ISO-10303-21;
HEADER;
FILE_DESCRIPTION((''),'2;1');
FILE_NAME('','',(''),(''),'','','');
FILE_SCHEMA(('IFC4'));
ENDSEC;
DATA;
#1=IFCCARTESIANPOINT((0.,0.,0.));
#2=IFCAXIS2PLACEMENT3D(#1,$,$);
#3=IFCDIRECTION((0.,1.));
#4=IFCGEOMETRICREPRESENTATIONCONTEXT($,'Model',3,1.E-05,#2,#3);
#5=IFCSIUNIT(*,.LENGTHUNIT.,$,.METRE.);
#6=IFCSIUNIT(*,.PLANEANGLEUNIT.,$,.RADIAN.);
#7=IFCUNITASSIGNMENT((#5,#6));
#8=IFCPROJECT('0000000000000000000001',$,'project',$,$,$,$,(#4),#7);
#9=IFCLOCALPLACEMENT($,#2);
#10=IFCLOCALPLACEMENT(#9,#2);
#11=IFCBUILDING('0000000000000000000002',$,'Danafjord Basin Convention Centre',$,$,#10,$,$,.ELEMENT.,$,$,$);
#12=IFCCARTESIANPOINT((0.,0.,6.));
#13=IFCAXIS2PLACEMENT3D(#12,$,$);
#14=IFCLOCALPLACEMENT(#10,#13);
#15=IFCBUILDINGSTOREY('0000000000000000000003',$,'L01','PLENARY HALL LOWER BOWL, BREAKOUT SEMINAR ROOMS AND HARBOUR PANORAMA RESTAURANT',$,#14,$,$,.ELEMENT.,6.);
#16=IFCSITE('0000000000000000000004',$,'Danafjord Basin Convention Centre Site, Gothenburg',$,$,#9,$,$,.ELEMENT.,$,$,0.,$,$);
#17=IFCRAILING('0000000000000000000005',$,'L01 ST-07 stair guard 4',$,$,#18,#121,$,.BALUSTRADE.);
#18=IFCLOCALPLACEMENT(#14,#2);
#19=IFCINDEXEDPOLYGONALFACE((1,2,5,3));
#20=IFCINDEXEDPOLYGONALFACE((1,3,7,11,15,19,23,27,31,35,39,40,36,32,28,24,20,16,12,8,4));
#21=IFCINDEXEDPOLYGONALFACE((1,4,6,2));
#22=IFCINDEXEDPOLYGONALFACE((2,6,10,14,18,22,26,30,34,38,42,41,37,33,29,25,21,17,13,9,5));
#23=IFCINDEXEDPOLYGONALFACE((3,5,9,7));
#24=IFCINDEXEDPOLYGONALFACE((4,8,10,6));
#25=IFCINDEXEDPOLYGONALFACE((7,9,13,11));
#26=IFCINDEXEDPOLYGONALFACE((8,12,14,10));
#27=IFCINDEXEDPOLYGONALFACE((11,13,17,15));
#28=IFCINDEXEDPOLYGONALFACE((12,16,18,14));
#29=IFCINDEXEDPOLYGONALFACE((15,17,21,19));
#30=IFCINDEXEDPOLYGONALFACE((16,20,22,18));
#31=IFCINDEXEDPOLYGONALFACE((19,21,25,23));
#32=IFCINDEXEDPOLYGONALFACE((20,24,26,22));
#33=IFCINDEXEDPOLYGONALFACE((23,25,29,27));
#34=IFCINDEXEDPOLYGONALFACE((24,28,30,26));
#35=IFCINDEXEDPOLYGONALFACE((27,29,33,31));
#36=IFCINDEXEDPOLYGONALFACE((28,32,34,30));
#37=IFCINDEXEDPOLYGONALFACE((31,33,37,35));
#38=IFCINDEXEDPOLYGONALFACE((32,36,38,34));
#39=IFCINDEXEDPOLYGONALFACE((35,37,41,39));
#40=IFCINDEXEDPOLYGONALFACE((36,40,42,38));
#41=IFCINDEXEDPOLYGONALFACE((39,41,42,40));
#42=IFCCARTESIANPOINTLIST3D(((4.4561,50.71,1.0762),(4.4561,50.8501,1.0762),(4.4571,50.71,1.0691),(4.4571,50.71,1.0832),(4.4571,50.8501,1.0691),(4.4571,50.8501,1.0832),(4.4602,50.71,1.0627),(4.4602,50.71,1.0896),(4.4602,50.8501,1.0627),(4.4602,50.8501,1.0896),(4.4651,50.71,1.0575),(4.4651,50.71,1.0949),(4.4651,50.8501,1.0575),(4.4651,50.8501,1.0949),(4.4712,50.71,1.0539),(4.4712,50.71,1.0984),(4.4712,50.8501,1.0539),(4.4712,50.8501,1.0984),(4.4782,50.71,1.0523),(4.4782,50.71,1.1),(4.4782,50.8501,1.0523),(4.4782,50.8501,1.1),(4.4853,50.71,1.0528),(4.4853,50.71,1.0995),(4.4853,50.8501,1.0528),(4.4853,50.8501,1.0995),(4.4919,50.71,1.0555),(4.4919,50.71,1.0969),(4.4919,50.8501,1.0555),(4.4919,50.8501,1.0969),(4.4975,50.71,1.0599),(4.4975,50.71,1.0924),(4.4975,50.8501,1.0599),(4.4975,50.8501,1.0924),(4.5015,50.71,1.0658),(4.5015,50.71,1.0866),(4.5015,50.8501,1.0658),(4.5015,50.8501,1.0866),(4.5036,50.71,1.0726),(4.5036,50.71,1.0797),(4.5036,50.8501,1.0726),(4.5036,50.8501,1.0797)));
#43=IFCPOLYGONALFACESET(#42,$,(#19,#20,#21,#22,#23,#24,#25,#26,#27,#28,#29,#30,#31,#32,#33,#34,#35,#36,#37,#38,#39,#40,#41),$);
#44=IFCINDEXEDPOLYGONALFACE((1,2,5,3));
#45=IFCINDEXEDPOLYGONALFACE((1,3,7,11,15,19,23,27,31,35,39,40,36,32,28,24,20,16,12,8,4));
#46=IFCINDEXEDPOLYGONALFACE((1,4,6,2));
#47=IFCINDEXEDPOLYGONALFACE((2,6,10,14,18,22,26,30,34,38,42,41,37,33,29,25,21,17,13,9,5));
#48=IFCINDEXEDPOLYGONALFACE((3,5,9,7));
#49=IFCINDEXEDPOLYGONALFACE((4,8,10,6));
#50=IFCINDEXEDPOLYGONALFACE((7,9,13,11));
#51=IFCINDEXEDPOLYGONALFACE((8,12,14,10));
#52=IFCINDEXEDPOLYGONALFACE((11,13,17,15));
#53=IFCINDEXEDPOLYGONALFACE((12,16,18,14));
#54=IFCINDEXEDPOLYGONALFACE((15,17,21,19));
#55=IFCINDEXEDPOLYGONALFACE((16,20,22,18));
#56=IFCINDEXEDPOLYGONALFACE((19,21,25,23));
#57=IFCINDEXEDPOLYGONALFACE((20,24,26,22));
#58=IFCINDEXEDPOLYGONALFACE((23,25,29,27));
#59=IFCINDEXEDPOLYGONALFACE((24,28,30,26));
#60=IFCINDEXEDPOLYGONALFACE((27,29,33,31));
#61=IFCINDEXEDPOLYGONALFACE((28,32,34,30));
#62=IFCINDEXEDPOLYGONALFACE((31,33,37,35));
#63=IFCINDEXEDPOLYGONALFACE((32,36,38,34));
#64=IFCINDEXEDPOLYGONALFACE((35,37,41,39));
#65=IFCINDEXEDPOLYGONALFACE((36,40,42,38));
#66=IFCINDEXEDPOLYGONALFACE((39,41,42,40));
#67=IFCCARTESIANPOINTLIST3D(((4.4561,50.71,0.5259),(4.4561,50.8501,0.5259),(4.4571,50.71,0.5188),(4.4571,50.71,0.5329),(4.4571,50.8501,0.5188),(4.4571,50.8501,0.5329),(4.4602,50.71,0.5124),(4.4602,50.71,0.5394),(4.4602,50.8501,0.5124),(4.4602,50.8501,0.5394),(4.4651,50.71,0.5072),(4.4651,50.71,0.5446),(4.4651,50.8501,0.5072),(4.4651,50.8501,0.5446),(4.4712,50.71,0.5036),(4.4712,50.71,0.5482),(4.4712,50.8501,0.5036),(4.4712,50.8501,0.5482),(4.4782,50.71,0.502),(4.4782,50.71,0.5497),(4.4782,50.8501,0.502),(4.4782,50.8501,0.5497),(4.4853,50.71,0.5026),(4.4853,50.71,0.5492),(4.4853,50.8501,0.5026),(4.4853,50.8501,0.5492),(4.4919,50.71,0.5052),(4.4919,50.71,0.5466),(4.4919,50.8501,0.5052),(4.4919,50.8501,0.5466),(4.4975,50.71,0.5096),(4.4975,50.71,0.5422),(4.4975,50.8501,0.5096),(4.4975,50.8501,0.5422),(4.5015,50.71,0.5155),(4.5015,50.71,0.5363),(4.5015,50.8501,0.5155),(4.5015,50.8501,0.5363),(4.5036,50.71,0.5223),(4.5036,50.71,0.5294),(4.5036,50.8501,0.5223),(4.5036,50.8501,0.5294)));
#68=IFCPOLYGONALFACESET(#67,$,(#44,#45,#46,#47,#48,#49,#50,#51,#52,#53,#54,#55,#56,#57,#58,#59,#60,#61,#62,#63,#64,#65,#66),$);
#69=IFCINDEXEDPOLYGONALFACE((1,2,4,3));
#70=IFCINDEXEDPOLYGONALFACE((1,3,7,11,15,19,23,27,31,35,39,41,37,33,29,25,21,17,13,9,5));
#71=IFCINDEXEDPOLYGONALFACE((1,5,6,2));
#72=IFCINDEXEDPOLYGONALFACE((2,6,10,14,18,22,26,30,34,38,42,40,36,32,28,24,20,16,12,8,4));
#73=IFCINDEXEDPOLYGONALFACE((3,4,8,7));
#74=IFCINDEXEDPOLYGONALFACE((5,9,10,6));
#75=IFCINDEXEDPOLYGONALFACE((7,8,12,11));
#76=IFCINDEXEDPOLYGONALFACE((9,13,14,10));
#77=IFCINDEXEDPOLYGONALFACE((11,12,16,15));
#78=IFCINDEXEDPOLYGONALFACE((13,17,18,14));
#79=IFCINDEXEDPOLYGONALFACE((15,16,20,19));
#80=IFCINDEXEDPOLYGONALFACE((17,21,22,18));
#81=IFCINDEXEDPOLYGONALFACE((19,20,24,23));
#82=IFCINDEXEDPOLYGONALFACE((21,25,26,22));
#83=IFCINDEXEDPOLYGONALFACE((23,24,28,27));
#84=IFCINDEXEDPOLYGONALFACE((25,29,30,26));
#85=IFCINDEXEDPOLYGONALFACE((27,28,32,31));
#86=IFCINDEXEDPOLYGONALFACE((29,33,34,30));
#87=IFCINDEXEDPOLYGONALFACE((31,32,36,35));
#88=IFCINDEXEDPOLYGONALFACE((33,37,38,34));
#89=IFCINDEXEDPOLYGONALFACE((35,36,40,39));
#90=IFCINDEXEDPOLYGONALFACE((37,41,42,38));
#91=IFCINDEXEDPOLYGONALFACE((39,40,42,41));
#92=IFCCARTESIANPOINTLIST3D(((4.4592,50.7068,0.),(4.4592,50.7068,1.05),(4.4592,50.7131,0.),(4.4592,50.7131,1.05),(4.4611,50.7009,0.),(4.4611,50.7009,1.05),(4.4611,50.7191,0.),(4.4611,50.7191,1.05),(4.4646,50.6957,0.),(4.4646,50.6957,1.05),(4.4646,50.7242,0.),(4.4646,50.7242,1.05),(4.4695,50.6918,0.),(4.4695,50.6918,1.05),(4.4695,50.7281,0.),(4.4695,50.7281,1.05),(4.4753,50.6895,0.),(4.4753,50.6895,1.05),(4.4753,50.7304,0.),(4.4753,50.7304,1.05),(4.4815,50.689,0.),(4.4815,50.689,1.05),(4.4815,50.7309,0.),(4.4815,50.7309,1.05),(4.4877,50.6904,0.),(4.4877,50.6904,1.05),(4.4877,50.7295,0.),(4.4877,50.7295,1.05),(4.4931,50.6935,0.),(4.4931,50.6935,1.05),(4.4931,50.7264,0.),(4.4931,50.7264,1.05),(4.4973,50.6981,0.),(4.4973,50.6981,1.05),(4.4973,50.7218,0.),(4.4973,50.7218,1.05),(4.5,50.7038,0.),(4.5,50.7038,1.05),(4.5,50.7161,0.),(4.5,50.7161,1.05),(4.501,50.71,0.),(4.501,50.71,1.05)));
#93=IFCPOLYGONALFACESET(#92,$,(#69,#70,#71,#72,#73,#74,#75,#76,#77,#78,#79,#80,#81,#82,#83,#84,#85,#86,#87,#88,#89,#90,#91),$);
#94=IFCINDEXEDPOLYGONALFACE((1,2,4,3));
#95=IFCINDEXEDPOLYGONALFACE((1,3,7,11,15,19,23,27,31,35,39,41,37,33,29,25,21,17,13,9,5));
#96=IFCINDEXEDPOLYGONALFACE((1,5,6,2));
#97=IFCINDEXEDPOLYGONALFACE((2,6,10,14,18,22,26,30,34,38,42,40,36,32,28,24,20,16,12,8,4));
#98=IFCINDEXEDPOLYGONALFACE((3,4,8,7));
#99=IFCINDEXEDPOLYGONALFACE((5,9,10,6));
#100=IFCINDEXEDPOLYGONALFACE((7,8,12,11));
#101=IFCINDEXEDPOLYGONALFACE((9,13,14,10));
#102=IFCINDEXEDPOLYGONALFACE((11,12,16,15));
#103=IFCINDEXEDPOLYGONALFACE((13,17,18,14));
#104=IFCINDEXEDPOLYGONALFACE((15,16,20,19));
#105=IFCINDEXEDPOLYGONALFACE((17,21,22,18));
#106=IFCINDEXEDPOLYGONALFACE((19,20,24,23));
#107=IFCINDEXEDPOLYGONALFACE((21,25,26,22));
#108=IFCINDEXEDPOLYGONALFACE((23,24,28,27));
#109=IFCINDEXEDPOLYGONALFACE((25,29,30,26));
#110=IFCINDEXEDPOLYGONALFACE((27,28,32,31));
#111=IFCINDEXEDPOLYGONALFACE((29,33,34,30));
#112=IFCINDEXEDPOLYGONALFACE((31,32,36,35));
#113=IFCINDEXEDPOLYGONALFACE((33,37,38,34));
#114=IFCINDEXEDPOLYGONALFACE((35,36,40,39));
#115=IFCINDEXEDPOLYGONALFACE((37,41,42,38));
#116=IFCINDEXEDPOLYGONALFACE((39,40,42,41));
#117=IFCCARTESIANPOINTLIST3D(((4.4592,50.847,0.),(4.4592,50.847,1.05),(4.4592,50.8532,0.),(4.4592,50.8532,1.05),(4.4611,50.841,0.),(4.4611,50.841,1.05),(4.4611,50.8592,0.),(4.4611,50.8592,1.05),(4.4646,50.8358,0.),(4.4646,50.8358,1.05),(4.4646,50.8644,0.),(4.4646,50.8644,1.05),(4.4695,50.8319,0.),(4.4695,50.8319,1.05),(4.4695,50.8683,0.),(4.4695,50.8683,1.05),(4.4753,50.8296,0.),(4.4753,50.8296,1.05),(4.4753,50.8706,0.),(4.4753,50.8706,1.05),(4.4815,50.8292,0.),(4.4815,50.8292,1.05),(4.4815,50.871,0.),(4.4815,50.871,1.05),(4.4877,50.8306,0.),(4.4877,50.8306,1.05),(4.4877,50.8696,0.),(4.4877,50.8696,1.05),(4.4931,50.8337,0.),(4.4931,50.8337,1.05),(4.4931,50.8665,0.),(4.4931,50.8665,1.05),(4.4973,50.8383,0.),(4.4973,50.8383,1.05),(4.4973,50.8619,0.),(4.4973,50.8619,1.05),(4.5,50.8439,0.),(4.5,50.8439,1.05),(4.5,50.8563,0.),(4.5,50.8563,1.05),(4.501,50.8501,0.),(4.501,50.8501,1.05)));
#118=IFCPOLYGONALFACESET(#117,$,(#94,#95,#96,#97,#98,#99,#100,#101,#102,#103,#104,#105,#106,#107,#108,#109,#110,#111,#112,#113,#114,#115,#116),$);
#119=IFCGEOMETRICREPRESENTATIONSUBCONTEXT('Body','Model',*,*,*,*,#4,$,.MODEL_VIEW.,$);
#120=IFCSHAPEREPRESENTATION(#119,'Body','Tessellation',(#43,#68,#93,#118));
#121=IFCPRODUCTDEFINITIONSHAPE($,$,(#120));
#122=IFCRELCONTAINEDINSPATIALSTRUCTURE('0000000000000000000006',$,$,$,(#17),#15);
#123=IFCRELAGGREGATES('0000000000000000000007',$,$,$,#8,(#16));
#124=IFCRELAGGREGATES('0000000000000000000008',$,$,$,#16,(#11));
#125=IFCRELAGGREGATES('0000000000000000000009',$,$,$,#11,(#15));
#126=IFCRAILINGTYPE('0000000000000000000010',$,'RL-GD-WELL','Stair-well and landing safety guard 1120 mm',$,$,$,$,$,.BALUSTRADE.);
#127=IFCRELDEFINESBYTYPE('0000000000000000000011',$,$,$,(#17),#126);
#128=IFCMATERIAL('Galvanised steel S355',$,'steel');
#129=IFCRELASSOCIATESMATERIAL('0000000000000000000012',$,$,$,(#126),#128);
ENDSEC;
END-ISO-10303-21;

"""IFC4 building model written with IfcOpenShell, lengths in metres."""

from ifc_helpers import new_model, si_unit, direction, frame, origin, origin_2d, place, context, subcontext, project, spatial, circle, extrude, material, type_object, element, save


model = new_model("IFC4")

# Units and contexts
model_context = context("Model", 3, precision=1e-05, world=origin(), true_north=direction((0.0, 1.0)))
body_context = subcontext(model_context, "Body", "Model", "MODEL_VIEW")
ifc_project = project(units=[si_unit("LENGTHUNIT", "METRE"), si_unit("PLANEANGLEUNIT", "RADIAN")], contexts=[model_context])

# Site, building, storey
site_placement = place(None, origin())
site = spatial("IfcSite", under=ifc_project, at=site_placement, Name="Danafjord Basin Convention Centre Site, Gothenburg", CompositionType="ELEMENT", RefElevation=0.0)
building_placement = place(site_placement, origin())
building = spatial("IfcBuilding", under=site, at=building_placement, Name="Danafjord Basin Convention Centre", CompositionType="ELEMENT")
storey_placement = place(building_placement, frame((0.0, 0.0, 6.0)))
storey = spatial("IfcBuildingStorey", under=building, at=storey_placement, Name="L01", Description="PLENARY HALL LOWER BOWL, BREAKOUT SEMINAR ROOMS AND HARBOUR PANORAMA RESTAURANT", CompositionType="ELEMENT", Elevation=6.0)

# Railing
ifc_material_1 = material(Name="Galvanised steel S355", Category="steel")
railing_type_1 = type_object("IfcRailingType", Name="RL-GD-WELL", Description="Stair-well and landing safety guard 1120 mm", PredefinedType="BALUSTRADE", material=ifc_material_1)
railing_1_placement = place(storey_placement, frame((4.48, 50.71, 0.0)))
element("IfcRailing", 1, at=railing_1_placement, inside=storey, type_object=railing_type_1, Name="L01 ST-07 stair guard 4", PredefinedType="BALUSTRADE", context=body_context, shape_type="SweptSolid", body=[
    extrude(circle(Radius=0.0239, at=origin_2d()), frame((0.0, 0.0, 1.0762), z_axis=(0.0, 1.0, 0.0), x_axis=(-1.0, 0.0, 0.0)), (0.0, 0.0, 1.0), 0.1401),
    extrude(circle(Radius=0.0239, at=origin_2d()), frame((0.0, 0.0, 0.5259), z_axis=(0.0, 1.0, 0.0), x_axis=(-1.0, 0.0, 0.0)), (0.0, 0.0, 1.0), 0.1401),
    extrude(circle(Radius=0.021, at=origin_2d()), origin(), (0.0, 0.0, 1.0), 1.05),
    extrude(circle(Radius=0.021, at=origin_2d()), frame((0.0, 0.1401, 0.0)), (0.0, 0.0, 1.0), 1.05),
])

save(model, "model.ifc")
